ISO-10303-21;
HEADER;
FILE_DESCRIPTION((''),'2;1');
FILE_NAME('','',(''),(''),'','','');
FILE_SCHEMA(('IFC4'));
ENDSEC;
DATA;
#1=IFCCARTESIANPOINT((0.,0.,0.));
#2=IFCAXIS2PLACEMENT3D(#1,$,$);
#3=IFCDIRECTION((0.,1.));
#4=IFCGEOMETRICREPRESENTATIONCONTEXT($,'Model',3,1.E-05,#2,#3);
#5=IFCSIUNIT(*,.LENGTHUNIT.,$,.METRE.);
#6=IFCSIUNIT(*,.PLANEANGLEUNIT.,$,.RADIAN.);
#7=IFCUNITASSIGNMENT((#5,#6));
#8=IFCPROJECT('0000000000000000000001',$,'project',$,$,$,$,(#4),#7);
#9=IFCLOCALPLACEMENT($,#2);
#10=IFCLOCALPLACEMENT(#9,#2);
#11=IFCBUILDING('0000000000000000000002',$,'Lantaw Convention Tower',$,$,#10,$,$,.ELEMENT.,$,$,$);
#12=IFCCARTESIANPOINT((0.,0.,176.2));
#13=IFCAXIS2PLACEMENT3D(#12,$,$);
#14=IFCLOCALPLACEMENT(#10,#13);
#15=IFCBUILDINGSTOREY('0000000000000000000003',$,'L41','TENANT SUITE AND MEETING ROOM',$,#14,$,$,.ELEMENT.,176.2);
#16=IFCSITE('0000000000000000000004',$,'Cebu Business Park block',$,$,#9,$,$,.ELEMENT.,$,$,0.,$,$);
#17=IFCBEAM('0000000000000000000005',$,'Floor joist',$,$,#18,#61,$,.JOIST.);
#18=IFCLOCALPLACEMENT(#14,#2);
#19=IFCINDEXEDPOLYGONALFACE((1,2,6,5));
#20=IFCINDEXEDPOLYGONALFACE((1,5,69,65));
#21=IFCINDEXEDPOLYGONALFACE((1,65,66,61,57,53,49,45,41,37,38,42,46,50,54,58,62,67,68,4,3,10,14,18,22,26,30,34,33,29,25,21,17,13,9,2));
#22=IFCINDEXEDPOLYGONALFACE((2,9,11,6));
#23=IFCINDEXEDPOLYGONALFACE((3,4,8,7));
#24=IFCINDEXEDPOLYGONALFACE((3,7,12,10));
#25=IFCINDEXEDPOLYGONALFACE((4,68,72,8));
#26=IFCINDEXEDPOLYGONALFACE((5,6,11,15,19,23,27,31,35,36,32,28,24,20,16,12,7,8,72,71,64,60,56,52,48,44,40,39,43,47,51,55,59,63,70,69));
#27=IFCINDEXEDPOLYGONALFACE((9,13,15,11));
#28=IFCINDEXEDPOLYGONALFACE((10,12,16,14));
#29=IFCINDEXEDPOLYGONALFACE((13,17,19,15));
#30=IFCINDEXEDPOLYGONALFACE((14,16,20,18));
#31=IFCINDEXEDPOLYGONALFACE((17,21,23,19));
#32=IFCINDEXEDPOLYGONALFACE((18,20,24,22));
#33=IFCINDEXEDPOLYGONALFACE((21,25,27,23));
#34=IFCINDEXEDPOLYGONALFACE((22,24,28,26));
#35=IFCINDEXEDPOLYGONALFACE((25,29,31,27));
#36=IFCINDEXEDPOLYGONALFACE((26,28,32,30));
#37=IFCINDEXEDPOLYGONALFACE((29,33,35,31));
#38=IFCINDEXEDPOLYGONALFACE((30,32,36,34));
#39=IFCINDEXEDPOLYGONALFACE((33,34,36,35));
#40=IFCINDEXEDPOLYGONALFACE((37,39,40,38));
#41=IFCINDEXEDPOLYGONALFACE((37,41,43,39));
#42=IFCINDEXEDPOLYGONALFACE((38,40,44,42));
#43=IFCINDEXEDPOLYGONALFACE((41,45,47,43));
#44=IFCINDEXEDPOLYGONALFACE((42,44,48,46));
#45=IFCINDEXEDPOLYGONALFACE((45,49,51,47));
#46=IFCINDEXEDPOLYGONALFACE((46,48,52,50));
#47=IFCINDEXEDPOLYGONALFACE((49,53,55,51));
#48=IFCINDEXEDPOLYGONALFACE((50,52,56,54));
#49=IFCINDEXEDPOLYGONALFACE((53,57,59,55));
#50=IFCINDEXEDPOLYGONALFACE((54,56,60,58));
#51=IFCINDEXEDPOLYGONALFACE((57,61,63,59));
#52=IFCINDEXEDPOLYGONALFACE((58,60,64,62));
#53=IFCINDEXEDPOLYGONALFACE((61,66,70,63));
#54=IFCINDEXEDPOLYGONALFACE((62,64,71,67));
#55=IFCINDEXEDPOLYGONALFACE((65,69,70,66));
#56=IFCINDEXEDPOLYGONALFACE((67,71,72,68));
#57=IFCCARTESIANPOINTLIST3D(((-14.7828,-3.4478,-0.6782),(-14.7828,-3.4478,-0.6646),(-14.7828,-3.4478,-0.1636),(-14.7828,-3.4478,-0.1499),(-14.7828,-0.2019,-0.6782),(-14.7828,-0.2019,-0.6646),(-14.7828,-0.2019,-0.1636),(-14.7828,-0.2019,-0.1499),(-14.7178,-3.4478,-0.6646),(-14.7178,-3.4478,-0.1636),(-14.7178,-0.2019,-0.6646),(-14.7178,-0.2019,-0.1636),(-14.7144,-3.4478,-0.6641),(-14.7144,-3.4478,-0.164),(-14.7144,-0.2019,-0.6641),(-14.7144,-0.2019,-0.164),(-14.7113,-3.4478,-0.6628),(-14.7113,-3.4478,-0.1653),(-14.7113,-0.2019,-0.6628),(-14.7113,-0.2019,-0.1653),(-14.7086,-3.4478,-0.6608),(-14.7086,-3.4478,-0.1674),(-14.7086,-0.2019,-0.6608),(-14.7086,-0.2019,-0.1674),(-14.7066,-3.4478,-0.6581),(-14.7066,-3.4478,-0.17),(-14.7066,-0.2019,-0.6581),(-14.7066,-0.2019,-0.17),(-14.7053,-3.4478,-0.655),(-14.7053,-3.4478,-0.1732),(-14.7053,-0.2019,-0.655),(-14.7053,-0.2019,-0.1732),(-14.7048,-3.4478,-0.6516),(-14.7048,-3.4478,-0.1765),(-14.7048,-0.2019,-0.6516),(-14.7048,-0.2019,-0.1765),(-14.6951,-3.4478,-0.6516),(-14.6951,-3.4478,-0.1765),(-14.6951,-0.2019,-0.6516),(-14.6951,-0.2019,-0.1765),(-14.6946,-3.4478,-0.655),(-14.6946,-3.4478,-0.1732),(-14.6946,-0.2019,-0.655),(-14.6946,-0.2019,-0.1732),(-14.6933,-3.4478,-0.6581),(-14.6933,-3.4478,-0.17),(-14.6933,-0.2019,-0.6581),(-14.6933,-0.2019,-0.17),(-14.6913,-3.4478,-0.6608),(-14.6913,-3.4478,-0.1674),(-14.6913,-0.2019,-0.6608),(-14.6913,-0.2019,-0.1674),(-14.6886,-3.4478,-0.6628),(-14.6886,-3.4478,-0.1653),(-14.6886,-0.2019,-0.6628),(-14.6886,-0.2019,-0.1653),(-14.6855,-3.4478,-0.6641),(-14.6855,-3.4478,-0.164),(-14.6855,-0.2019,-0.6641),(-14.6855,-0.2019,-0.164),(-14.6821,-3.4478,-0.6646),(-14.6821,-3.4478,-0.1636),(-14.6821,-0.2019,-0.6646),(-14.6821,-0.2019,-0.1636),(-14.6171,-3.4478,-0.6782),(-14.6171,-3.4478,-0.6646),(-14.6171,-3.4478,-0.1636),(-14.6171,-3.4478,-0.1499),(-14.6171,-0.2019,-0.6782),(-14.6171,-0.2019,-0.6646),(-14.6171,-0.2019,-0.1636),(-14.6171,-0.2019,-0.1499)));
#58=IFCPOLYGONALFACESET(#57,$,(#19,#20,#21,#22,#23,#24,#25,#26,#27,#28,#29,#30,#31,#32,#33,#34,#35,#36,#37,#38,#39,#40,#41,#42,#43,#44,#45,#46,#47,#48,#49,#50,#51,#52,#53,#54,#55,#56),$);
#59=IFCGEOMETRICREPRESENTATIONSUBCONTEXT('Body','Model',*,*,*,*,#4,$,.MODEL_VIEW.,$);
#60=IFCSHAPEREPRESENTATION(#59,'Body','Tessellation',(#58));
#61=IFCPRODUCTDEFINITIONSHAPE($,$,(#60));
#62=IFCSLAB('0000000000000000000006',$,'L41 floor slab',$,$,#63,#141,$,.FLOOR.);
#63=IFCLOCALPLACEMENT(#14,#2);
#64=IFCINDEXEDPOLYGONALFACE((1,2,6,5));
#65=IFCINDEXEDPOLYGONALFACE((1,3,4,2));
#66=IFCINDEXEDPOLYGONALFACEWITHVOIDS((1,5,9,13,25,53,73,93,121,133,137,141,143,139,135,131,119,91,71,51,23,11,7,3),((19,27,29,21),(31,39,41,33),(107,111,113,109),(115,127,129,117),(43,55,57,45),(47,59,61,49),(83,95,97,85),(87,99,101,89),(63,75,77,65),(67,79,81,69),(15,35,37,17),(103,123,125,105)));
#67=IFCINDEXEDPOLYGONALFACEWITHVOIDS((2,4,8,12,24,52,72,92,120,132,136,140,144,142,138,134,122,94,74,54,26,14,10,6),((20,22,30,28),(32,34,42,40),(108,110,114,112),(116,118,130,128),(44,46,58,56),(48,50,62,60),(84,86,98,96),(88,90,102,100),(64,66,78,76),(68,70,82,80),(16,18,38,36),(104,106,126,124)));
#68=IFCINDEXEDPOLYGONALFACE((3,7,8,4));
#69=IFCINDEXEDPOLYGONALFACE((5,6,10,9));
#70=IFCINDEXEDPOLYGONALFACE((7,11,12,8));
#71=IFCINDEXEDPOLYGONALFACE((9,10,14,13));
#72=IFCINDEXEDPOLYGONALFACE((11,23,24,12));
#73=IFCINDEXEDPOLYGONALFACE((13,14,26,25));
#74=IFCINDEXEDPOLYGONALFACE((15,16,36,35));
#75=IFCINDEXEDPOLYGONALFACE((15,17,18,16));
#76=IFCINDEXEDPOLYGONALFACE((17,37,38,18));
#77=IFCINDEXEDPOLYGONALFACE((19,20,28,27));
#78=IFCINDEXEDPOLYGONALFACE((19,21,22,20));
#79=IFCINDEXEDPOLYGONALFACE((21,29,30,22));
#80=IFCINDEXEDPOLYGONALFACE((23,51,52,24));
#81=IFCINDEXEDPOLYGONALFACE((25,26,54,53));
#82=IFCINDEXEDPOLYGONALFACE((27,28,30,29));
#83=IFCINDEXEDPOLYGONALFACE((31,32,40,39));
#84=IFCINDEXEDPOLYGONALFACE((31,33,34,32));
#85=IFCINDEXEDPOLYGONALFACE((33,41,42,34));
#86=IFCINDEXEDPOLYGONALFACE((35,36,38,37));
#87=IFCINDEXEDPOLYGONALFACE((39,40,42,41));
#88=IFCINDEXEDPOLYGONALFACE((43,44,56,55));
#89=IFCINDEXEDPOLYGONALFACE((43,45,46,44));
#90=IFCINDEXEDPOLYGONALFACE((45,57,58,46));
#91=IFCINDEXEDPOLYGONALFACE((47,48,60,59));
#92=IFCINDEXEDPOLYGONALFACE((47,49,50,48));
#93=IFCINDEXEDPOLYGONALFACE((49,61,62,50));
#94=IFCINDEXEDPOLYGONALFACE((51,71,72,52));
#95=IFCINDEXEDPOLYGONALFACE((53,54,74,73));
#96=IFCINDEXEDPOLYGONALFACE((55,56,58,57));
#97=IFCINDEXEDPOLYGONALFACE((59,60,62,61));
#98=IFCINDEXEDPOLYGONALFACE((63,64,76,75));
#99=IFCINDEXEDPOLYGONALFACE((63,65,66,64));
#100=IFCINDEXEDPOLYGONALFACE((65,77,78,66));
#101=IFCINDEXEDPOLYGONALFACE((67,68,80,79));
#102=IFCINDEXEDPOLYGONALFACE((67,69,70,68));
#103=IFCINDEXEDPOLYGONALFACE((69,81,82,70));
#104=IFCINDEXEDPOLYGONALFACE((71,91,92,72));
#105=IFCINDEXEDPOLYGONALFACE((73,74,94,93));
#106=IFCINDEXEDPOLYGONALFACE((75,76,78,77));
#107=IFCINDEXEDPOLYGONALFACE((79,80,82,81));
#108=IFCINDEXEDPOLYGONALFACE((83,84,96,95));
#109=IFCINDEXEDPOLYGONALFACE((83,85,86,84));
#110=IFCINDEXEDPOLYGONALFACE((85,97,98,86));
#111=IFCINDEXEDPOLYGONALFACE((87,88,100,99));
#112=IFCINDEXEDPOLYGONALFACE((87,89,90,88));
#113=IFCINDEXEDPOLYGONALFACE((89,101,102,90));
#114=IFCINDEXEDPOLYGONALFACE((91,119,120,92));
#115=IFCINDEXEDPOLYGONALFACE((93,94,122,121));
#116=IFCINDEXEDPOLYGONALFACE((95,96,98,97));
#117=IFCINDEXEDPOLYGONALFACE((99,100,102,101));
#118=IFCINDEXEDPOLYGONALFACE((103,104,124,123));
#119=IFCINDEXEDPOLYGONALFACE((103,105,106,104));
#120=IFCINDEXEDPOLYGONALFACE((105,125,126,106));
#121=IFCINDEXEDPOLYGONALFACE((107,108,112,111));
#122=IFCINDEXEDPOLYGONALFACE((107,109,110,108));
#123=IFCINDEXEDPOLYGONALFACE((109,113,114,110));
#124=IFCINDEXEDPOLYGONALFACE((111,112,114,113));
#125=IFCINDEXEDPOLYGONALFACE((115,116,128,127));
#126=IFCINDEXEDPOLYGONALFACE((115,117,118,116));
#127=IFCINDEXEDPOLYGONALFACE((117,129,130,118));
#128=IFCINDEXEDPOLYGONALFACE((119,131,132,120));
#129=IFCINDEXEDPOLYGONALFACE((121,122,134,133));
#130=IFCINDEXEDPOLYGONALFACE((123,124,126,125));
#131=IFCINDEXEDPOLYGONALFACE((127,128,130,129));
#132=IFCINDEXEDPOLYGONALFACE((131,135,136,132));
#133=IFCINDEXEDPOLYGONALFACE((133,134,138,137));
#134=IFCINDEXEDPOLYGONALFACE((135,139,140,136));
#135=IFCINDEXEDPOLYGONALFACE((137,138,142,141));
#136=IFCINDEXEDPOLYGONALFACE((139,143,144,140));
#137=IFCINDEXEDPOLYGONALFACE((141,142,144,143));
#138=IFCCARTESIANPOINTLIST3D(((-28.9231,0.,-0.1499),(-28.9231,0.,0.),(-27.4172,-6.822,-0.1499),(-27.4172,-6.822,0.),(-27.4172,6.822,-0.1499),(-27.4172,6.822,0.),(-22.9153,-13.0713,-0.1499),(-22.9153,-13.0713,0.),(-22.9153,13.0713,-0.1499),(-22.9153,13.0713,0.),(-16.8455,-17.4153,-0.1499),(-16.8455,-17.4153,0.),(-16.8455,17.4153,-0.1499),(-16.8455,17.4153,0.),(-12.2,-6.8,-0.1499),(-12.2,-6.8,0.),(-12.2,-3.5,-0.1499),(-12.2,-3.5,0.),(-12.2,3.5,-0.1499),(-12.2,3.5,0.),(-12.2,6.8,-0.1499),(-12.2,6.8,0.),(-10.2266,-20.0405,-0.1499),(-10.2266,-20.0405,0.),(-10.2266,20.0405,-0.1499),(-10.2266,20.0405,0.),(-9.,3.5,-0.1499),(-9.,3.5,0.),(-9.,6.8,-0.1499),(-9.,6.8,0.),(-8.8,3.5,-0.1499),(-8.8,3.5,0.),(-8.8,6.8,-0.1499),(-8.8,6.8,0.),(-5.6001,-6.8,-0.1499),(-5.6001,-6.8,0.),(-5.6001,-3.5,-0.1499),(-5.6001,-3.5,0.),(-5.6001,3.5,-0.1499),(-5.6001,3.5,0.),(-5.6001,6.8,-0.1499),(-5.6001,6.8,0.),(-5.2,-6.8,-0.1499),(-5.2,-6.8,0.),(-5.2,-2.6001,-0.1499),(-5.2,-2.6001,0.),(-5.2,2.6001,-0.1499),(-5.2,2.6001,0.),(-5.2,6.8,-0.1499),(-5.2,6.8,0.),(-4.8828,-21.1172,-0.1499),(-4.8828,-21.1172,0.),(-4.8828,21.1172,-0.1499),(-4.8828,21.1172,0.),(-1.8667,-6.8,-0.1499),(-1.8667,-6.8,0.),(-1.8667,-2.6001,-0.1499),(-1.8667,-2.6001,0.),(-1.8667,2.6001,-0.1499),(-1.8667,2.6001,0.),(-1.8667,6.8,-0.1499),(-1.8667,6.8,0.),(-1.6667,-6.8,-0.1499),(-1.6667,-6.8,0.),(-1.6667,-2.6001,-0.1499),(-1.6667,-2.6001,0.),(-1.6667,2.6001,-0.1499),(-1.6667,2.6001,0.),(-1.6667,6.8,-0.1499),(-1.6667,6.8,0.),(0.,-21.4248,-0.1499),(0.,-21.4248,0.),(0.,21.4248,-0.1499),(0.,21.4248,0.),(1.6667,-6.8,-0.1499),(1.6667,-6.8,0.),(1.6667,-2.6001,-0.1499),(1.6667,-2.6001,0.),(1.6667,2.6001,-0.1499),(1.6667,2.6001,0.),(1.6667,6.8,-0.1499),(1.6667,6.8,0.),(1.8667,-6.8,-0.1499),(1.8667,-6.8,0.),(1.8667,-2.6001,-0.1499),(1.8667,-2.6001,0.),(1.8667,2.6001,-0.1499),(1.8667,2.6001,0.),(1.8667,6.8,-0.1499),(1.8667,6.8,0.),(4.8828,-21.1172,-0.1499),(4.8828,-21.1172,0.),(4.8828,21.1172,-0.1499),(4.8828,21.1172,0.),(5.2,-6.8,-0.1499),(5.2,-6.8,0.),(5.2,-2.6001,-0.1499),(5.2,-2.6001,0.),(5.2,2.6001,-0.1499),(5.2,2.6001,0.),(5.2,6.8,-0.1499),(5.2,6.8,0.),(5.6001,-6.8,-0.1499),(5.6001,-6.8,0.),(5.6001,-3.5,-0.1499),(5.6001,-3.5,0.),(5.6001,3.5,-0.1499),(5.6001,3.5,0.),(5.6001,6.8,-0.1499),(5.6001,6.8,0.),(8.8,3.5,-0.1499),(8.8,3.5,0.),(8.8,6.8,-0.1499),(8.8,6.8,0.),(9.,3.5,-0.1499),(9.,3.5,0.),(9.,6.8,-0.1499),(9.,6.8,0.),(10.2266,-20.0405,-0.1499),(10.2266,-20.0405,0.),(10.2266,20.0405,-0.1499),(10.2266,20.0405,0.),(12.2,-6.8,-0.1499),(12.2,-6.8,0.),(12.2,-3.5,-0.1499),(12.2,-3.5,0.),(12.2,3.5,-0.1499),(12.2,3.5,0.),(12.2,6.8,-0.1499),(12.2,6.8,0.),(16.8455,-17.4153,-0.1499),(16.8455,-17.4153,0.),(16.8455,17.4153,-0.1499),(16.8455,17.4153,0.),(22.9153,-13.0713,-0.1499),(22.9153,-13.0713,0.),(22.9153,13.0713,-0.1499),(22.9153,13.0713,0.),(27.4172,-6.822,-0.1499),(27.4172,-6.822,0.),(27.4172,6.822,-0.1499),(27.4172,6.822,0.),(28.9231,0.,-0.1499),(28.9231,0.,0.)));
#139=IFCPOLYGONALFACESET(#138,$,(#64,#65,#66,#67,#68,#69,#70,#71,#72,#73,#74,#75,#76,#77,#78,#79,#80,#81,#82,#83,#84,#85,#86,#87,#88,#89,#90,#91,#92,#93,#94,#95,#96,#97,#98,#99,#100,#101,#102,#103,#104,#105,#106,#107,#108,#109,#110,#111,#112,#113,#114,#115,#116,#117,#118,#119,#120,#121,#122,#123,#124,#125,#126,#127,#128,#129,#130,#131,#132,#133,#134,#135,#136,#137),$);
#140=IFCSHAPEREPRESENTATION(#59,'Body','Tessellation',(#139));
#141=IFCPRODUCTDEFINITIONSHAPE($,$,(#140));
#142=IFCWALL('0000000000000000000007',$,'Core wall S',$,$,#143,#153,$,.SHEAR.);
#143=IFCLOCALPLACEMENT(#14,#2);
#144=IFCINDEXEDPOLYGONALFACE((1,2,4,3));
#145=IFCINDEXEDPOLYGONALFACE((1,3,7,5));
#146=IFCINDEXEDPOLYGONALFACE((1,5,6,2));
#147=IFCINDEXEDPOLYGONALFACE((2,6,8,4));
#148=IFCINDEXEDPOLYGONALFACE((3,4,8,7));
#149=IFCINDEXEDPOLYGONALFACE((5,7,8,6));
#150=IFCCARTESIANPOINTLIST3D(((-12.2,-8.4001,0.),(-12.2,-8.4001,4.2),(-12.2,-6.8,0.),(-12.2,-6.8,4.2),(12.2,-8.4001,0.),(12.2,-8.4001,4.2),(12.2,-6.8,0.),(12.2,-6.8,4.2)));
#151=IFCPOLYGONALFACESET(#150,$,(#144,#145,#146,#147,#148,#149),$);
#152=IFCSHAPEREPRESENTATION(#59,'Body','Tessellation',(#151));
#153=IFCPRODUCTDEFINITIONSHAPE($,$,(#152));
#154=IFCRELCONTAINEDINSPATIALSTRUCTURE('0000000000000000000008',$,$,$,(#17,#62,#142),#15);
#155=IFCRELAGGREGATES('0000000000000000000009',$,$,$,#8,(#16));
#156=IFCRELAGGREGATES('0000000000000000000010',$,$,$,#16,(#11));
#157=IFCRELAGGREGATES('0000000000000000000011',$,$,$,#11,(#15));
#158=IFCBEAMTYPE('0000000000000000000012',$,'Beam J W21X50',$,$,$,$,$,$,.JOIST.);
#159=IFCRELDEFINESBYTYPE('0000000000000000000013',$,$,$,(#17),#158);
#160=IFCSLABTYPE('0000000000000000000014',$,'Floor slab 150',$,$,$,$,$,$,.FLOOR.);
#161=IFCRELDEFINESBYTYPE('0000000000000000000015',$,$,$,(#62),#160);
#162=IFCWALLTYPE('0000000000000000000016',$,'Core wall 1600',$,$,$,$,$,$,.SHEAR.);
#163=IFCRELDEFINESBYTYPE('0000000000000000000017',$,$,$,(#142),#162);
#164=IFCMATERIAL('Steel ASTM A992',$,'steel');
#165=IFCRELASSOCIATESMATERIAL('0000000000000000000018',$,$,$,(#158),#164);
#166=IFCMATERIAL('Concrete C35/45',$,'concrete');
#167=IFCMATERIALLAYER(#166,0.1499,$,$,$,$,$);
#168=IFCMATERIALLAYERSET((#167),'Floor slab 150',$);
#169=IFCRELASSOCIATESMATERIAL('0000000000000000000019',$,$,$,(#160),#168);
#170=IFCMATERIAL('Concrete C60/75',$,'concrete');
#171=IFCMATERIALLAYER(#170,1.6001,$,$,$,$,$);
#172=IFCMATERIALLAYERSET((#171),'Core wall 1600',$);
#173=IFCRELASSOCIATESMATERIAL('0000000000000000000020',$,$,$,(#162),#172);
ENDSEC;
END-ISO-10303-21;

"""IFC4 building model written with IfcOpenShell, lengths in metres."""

from ifc_helpers import new_model, si_unit, direction, frame, frame_2d, origin, origin_2d, place, context, subcontext, project, spatial, polyline, rectangle, i_section, outline, extrude, material, layer, layer_set, material_profile, profile_set, type_object, element, save


model = new_model("IFC4")

# Units and contexts
model_context = context("Model", 3, precision=1e-05, world=origin(), true_north=direction((0.0, 1.0)))
body_context = subcontext(model_context, "Body", "Model", "MODEL_VIEW")
ifc_project = project(units=[si_unit("LENGTHUNIT", "METRE"), si_unit("PLANEANGLEUNIT", "RADIAN")], contexts=[model_context])

# Site, building, storey
site_placement = place(None, origin())
site = spatial("IfcSite", under=ifc_project, at=site_placement, Name="Cebu Business Park block", CompositionType="ELEMENT", RefElevation=0.0)
building_placement = place(site_placement, origin())
building = spatial("IfcBuilding", under=site, at=building_placement, Name="Lantaw Convention Tower", CompositionType="ELEMENT")
storey_placement = place(building_placement, frame((0.0, 0.0, 176.2)))
storey = spatial("IfcBuildingStorey", under=building, at=storey_placement, Name="L41", Description="TENANT SUITE AND MEETING ROOM", CompositionType="ELEMENT", Elevation=176.2)

# Beam
ifc_material_1 = material(Name="Steel ASTM A992", Category="steel")
ifc_material_profile_1 = material_profile(ifc_material_1, i_section(OverallWidth=0.1658, OverallDepth=0.5283, WebThickness=0.0098, FlangeThickness=0.0137, FilletRadius=0.0129, at=origin_2d()), Name="W21X50")
ifc_profile_set_1 = profile_set([ifc_material_profile_1], Name="Steel ASTM A992")
beam_type_1 = type_object("IfcBeamType", Name="Beam J W21X50", PredefinedType="JOIST", material=ifc_profile_set_1)
beam_1_placement = place(storey_placement, frame((-14.7, -3.4478, -0.4141), z_axis=(0.0, 1.0, 0.0), x_axis=(-1.0, 0.0, 0.0)))
element("IfcBeam", 1, at=beam_1_placement, inside=storey, type_object=beam_type_1, Name="Floor joist", PredefinedType="JOIST", context=body_context, shape_type="SweptSolid", body=[
    extrude(i_section(OverallWidth=0.1658, OverallDepth=0.5283, WebThickness=0.0098, FlangeThickness=0.0137, FilletRadius=0.0129, at=origin_2d()), origin(), (0.0, 0.0, 1.0), 3.2458),
])

# Slab
ifc_material_2 = material(Name="Concrete C35/45", Category="concrete")
ifc_layer_1 = layer(ifc_material_2, 0.1499)
ifc_layer_set_1 = layer_set([ifc_layer_1], Name="Floor slab 150")
slab_type = type_object("IfcSlabType", Name="Floor slab 150", PredefinedType="FLOOR", material=ifc_layer_set_1)
slab_placement = place(storey_placement, frame((0.0, 0.0, -0.1499)))
element("IfcSlab", 2, at=slab_placement, inside=storey, type_object=slab_type, Name="L41 floor slab", PredefinedType="FLOOR", context=body_context, shape_type="SweptSolid", body=[
    extrude(outline(polyline([(27.4172, -6.822), (28.9231, 0.0), (27.4172, 6.822), (22.9153, 13.0713), (16.8455, 17.4153), (10.2266, 20.0405), (4.8828, 21.1172), (0.0, 21.4248), (-4.8828, 21.1172), (-10.2266, 20.0405), (-16.8455, 17.4153), (-22.9153, 13.0713), (-27.4172, 6.822), (-28.9231, 0.0), (-27.4172, -6.822), (-22.9153, -13.0713), (-16.8455, -17.4153), (-10.2266, -20.0405), (-4.8828, -21.1172), (0.0, -21.4248), (4.8828, -21.1172), (10.2266, -20.0405), (16.8455, -17.4153), (22.9153, -13.0713), (27.4172, -6.822)]), holes=[polyline([(-5.6001, -3.5), (-12.2, -3.5), (-12.2, -6.8), (-5.6001, -6.8), (-5.6001, -3.5)]), polyline([(-1.8667, -6.8), (-1.8667, -2.6001), (-5.2, -2.6001), (-5.2, -6.8), (-1.8667, -6.8)]), polyline([(-1.8667, 2.6001), (-1.8667, 6.8), (-5.2, 6.8), (-5.2, 2.6001), (-1.8667, 2.6001)]), polyline([(1.6667, 6.8), (-1.6667, 6.8), (-1.6667, 2.6001), (1.6667, 2.6001), (1.6667, 6.8)]), polyline([(-9.0, 3.5), (-9.0, 6.8), (-12.2, 6.8), (-12.2, 3.5), (-9.0, 3.5)]), polyline([(-5.6001, 3.5), (-5.6001, 6.8), (-8.8, 6.8), (-8.8, 3.5), (-5.6001, 3.5)]), polyline([(12.2, -3.5), (5.6001, -3.5), (5.6001, -6.8), (12.2, -6.8), (12.2, -3.5)]), polyline([(1.6667, -6.8), (1.6667, -2.6001), (-1.6667, -2.6001), (-1.6667, -6.8), (1.6667, -6.8)]), polyline([(5.2, -6.8), (5.2, -2.6001), (1.8667, -2.6001), (1.8667, -6.8), (5.2, -6.8)]), polyline([(5.2, 6.8), (1.8667, 6.8), (1.8667, 2.6001), (5.2, 2.6001), (5.2, 6.8)]), polyline([(8.8, 3.5), (8.8, 6.8), (5.6001, 6.8), (5.6001, 3.5), (8.8, 3.5)]), polyline([(12.2, 3.5), (12.2, 6.8), (9.0, 6.8), (9.0, 3.5), (12.2, 3.5)])]), origin(), (0.0, 0.0, 1.0), 0.1499),
])

# Wall
ifc_material_3 = material(Name="Concrete C60/75", Category="concrete")
ifc_layer_2 = layer(ifc_material_3, 1.6001)
ifc_layer_set_2 = layer_set([ifc_layer_2], Name="Core wall 1600")
wall_type_1 = type_object("IfcWallType", Name="Core wall 1600", PredefinedType="SHEAR", material=ifc_layer_set_2)
wall_1_placement = place(storey_placement, frame((-12.2, -7.6001, 0.0), z_axis=(0.0, 0.0, 1.0), x_axis=(1.0, 0.0, 0.0)))
element("IfcWall", 3, at=wall_1_placement, inside=storey, type_object=wall_type_1, Name="Core wall S", PredefinedType="SHEAR", context=body_context, shape_type="SweptSolid", body=[
    extrude(rectangle(XDim=24.3999, YDim=1.6001, at=frame_2d((12.2, 0.0))), origin(), (0.0, 0.0, 1.0), 4.2),
])

save(model, "model.ifc")
